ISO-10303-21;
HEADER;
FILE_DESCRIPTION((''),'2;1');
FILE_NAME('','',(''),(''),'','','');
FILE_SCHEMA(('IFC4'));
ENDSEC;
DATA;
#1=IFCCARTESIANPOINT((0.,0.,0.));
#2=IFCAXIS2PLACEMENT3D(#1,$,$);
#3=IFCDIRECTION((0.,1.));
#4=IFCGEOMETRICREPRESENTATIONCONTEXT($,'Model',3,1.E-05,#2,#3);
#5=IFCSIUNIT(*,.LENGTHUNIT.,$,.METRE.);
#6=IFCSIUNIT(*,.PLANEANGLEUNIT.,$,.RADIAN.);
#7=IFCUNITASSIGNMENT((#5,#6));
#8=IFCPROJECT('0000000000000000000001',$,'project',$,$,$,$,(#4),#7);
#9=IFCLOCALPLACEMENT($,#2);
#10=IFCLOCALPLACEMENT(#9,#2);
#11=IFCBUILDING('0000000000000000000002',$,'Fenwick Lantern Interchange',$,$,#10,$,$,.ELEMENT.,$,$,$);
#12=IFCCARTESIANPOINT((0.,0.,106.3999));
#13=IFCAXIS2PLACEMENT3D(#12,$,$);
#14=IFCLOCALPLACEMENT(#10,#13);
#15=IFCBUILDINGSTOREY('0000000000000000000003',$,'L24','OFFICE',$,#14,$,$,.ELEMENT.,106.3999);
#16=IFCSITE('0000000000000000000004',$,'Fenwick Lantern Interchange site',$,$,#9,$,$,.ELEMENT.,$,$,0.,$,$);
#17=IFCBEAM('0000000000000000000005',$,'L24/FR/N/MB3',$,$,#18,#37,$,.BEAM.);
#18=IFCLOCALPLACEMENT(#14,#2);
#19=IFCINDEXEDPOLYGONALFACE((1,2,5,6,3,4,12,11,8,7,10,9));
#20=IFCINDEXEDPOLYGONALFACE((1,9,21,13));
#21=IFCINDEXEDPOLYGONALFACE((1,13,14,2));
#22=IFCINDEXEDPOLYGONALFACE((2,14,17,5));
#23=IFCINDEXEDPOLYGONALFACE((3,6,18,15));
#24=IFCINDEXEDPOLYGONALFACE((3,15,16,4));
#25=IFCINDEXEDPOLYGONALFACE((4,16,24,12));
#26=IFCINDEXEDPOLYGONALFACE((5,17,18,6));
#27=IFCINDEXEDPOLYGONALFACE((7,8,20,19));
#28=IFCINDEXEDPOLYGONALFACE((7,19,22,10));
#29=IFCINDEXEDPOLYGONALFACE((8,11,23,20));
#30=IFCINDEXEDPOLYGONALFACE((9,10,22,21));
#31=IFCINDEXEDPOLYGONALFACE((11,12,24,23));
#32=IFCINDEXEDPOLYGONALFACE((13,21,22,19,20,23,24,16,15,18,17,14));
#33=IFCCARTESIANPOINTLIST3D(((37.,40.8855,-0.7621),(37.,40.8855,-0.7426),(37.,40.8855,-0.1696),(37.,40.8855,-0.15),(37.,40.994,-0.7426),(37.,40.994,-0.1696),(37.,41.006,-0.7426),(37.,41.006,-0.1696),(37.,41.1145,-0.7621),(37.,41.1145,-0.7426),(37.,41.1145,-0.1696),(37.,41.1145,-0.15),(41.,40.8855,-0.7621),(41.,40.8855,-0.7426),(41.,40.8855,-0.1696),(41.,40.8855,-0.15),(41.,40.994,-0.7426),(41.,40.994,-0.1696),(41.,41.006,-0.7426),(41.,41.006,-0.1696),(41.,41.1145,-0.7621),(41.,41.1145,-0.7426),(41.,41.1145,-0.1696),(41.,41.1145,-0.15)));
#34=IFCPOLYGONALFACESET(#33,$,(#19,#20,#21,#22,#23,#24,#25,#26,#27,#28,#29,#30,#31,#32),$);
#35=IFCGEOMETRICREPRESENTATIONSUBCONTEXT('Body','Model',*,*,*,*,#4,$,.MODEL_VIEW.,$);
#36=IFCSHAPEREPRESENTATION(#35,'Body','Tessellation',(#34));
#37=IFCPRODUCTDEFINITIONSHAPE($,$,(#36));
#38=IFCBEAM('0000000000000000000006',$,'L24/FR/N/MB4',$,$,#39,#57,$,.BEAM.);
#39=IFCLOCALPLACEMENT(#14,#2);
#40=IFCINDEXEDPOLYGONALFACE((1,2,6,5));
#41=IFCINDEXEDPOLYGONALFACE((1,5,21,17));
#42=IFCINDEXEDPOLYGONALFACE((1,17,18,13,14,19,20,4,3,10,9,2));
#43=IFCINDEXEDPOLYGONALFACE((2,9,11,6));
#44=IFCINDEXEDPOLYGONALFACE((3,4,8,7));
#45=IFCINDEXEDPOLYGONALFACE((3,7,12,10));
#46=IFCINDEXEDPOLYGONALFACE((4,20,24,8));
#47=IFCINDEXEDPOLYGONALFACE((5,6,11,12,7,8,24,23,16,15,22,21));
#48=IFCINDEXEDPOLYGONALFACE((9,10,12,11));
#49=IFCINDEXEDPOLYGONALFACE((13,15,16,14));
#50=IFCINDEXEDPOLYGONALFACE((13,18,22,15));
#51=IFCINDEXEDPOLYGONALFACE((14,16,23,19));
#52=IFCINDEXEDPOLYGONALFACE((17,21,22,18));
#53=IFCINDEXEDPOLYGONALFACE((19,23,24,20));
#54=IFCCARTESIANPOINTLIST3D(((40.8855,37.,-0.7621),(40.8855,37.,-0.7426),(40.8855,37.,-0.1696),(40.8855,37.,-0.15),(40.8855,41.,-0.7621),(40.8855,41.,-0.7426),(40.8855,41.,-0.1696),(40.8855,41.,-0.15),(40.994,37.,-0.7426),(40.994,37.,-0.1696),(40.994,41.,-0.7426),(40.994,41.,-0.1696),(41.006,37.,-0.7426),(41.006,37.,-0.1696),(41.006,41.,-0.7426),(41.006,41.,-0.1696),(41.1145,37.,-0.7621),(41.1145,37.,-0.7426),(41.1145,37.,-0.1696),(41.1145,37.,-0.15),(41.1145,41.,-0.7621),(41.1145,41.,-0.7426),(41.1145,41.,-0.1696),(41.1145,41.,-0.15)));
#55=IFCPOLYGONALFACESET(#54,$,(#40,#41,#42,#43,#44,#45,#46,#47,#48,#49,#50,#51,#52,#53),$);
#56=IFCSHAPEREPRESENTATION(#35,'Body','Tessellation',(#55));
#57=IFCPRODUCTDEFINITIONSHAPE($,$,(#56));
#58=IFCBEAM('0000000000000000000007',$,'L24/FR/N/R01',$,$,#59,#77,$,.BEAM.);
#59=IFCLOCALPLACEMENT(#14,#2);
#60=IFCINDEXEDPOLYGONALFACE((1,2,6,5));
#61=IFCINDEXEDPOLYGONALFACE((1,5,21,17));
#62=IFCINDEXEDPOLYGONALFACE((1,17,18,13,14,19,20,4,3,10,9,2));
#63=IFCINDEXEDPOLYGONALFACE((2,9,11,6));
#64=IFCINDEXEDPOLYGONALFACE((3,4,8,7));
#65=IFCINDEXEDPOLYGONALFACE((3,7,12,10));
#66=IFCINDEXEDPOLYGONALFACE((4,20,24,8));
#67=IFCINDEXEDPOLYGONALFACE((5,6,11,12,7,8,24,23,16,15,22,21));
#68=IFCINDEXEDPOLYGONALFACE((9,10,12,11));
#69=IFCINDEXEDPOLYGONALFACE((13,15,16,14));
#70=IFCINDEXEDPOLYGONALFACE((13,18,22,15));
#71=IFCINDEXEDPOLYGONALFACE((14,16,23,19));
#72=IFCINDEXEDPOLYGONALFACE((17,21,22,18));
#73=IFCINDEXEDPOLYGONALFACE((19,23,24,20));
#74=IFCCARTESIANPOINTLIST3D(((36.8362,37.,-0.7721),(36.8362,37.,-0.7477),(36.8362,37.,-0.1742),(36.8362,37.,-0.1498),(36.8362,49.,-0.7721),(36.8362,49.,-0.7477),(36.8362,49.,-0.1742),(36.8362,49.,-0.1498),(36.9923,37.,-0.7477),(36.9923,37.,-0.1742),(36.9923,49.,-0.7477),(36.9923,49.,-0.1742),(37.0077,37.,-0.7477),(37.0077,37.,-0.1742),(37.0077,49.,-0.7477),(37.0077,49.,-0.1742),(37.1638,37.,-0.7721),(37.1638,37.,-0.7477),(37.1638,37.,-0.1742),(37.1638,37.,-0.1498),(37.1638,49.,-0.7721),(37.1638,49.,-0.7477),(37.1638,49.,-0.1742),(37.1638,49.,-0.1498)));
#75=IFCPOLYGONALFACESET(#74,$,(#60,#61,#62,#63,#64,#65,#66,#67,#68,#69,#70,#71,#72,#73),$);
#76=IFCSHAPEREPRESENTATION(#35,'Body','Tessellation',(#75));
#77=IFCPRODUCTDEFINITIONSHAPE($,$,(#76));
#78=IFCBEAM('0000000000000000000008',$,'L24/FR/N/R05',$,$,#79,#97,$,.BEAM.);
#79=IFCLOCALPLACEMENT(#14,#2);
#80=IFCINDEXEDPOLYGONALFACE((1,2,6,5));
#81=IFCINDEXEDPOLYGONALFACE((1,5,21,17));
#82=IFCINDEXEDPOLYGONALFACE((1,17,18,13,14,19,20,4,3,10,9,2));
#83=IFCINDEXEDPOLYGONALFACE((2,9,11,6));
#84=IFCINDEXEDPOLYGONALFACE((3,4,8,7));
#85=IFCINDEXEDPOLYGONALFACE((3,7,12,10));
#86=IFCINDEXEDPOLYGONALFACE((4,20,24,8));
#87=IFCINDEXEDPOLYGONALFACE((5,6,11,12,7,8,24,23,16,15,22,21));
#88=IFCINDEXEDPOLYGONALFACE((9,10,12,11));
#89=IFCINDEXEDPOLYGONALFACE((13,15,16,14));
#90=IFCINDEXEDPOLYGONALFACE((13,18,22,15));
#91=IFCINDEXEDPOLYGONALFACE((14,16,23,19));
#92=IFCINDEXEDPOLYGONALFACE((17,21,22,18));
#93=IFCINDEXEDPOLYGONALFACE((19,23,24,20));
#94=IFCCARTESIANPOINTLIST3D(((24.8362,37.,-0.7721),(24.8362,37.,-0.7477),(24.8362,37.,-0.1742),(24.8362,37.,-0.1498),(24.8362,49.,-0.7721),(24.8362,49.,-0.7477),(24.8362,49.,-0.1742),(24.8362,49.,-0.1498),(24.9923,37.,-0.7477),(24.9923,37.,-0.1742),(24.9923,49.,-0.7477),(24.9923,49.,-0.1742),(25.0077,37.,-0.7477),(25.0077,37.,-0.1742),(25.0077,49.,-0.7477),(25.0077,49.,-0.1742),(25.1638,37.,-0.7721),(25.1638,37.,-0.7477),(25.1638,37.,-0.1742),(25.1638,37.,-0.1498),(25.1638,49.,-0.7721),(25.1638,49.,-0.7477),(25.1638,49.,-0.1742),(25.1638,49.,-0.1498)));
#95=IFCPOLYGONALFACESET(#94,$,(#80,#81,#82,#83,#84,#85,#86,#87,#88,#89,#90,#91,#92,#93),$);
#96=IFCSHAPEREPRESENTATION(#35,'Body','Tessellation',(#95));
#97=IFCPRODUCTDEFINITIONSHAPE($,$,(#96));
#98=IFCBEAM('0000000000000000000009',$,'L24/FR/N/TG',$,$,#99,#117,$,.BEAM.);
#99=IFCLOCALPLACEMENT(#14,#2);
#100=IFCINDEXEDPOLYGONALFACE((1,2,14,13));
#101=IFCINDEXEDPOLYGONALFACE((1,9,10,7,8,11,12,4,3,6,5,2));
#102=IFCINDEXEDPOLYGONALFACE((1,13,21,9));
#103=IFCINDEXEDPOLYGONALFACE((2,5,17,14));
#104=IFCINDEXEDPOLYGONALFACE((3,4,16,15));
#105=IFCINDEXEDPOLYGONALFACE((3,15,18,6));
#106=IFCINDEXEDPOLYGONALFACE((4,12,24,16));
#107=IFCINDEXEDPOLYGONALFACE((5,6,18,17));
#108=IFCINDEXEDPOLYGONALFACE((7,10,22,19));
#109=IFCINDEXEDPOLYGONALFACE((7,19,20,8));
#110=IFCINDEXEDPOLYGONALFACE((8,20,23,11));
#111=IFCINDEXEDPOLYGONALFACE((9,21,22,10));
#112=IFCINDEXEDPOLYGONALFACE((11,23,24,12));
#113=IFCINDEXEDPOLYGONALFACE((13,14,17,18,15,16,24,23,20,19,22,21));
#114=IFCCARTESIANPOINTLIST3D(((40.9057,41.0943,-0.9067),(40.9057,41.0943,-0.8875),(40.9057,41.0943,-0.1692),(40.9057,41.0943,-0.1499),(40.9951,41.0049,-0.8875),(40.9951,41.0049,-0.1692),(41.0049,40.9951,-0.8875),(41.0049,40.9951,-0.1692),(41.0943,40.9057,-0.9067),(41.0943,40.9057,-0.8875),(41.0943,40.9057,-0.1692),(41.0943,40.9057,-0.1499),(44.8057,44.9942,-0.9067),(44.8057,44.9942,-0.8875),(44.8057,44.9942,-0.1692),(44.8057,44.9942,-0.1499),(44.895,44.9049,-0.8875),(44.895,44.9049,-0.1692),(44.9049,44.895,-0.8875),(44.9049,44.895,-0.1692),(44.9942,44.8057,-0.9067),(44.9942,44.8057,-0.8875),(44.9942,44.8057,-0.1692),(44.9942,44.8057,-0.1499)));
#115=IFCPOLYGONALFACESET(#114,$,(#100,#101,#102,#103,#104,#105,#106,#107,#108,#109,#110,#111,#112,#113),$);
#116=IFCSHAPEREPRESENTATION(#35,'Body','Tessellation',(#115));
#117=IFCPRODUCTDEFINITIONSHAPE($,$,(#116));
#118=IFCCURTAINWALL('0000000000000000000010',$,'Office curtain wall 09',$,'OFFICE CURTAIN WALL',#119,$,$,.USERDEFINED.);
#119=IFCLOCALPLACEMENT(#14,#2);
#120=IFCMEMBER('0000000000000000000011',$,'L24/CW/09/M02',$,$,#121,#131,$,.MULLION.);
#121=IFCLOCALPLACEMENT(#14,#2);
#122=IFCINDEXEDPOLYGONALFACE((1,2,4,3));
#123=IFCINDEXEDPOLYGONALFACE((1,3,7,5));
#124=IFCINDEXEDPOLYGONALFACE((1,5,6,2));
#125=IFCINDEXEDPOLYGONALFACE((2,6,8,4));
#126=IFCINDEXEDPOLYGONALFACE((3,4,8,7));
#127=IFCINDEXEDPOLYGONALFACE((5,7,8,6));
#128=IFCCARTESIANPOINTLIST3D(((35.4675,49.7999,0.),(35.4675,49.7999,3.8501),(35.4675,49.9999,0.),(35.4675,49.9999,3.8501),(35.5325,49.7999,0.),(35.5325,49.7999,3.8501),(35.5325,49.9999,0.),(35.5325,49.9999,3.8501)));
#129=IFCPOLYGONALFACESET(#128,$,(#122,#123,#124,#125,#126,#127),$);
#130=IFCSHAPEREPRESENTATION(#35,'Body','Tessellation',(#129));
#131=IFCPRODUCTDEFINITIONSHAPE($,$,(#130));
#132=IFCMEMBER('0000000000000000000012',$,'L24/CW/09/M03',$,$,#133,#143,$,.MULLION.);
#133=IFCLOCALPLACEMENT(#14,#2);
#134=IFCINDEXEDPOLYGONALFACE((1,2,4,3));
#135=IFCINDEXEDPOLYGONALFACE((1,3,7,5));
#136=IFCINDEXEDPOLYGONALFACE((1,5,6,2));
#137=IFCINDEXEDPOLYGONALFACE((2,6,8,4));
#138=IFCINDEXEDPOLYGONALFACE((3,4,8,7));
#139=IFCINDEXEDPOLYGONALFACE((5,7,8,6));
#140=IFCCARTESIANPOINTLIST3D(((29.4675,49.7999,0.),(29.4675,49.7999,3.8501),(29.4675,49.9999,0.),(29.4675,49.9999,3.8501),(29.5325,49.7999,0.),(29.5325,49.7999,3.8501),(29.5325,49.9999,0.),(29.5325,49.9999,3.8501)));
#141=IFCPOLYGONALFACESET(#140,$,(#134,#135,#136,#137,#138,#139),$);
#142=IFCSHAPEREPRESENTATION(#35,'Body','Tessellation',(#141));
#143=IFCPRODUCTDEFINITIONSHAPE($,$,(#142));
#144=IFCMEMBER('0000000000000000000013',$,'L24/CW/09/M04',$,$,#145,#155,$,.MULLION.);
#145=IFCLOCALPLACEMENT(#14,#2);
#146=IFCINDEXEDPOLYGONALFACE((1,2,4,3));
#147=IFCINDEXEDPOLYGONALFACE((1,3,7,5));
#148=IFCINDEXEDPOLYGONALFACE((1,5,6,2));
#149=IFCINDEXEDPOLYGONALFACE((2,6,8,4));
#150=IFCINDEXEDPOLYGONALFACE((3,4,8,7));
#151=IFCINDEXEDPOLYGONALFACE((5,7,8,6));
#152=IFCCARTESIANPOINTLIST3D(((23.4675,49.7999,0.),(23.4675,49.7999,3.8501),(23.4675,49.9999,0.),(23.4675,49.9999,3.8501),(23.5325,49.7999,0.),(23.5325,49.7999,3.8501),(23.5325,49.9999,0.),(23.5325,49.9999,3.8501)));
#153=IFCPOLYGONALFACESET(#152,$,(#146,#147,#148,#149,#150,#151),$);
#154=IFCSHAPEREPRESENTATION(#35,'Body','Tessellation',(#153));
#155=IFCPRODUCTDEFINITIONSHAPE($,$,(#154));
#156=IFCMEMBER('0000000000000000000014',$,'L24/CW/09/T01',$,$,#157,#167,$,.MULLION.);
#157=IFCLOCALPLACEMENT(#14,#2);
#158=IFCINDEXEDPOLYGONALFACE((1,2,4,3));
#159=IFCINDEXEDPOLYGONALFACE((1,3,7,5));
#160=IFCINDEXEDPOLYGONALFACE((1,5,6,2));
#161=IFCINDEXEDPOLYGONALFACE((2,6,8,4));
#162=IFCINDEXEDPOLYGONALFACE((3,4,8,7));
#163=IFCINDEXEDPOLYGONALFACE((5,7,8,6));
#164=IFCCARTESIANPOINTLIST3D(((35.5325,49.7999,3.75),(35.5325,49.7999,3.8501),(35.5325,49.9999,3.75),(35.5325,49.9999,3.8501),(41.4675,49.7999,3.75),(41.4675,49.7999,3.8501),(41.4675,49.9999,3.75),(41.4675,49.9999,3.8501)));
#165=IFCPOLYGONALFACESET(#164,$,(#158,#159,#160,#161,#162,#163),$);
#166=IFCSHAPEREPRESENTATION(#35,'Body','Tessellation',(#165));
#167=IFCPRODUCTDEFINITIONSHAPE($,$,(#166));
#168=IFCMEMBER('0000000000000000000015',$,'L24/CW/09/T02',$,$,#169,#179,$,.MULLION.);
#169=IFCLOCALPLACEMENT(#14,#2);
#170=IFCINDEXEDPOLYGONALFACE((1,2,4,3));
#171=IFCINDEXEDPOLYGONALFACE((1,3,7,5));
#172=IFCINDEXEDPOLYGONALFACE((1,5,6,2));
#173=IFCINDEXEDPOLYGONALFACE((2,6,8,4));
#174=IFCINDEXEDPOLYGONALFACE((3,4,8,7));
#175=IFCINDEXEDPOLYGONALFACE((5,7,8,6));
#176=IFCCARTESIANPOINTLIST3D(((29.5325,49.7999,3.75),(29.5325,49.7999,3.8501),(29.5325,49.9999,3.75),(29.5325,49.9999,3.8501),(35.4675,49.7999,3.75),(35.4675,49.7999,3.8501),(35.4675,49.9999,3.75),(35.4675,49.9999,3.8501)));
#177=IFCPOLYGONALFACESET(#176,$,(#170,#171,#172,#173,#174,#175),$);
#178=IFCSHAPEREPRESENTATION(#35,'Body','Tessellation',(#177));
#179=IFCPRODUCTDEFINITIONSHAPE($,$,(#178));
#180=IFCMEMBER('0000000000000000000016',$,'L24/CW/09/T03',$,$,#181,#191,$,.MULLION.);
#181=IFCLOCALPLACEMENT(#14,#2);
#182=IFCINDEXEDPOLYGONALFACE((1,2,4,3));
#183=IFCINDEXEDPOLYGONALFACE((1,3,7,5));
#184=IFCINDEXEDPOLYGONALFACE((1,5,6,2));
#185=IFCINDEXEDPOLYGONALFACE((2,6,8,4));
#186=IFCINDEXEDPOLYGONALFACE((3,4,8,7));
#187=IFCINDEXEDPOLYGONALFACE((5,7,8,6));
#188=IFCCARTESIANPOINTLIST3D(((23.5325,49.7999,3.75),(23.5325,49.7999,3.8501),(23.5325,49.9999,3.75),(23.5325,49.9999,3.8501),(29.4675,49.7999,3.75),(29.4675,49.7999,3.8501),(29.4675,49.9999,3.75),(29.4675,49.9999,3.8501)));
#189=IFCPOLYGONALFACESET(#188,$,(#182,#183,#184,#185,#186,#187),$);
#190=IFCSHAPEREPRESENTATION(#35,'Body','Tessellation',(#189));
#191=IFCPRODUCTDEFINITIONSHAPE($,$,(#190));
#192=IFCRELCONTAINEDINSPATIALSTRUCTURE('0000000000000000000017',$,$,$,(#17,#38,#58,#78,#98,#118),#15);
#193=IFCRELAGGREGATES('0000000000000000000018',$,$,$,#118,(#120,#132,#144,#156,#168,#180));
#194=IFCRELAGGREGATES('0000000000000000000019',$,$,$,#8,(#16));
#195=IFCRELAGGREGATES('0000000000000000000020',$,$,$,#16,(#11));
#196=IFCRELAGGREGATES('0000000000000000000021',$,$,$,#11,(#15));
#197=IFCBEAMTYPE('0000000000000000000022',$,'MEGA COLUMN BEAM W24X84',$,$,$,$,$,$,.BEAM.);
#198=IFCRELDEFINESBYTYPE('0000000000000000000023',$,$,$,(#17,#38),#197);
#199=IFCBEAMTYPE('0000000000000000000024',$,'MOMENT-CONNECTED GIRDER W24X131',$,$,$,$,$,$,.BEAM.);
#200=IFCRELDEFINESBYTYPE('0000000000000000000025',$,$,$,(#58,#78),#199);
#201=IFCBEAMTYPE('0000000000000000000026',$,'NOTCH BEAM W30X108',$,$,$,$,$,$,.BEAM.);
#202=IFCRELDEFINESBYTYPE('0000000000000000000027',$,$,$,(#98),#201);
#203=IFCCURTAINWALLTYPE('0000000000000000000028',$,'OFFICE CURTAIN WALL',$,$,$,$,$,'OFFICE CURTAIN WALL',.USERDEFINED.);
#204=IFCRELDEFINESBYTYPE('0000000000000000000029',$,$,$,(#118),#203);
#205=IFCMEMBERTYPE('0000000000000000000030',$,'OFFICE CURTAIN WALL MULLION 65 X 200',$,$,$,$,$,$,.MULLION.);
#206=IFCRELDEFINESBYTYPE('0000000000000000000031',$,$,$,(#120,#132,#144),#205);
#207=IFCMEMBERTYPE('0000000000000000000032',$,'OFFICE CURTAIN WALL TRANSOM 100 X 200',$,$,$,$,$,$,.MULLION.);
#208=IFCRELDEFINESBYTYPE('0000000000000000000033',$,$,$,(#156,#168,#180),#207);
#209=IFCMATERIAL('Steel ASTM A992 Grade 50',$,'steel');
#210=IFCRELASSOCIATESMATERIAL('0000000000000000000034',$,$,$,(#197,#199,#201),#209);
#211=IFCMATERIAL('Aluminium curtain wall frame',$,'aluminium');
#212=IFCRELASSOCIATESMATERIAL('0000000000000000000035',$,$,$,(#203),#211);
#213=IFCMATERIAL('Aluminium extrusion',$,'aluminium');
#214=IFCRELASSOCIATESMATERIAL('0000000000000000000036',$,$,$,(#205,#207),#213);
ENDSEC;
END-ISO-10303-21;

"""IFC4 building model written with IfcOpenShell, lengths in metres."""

from ifc_helpers import new_model, si_unit, direction, frame, origin, origin_2d, place, context, subcontext, project, spatial, rectangle, i_section, extrude, material, material_profile, profile_set, type_object, element, aggregate, save


model = new_model("IFC4")

# Units and contexts
model_context = context("Model", 3, precision=1e-05, world=origin(), true_north=direction((0.0, 1.0)))
body_context = subcontext(model_context, "Body", "Model", "MODEL_VIEW")
ifc_project = project(units=[si_unit("LENGTHUNIT", "METRE"), si_unit("PLANEANGLEUNIT", "RADIAN")], contexts=[model_context])

# Site, building, storey
site_placement = place(None, origin())
site = spatial("IfcSite", under=ifc_project, at=site_placement, Name="Fenwick Lantern Interchange site", CompositionType="ELEMENT", RefElevation=0.0)
building_placement = place(site_placement, origin())
building = spatial("IfcBuilding", under=site, at=building_placement, Name="Fenwick Lantern Interchange", CompositionType="ELEMENT")
storey_placement = place(building_placement, frame((0.0, 0.0, 106.3999)))
storey = spatial("IfcBuildingStorey", under=building, at=storey_placement, Name="L24", Description="OFFICE", CompositionType="ELEMENT", Elevation=106.3999)

# Beams
ifc_material_1 = material(Name="Steel ASTM A992 Grade 50", Category="steel")
ifc_material_profile_1 = material_profile(ifc_material_1, i_section(OverallWidth=0.229, OverallDepth=0.6121, WebThickness=0.012, FlangeThickness=0.0195, at=origin_2d()), Name="W24X84")
ifc_profile_set_1 = profile_set([ifc_material_profile_1], Name="Steel ASTM A992 Grade 50")
beam_type_1 = type_object("IfcBeamType", Name="MEGA COLUMN BEAM W24X84", PredefinedType="BEAM", material=ifc_profile_set_1)
for number, where, z_axis, x_axis, name in (
    (1, (41.0, 41.0, -0.4561), (-1.0, 0.0, 0.0), (0.0, -1.0, 0.0), "L24/FR/N/MB3"),
    (2, (41.0, 41.0, -0.4561), (0.0, -1.0, 0.0), (1.0, 0.0, 0.0), "L24/FR/N/MB4"),
):
    element("IfcBeam", number, at=place(storey_placement, frame(where, z_axis=z_axis, x_axis=x_axis)), inside=storey, type_object=beam_type_1, Name=name, PredefinedType="BEAM", context=body_context, shape_type="SweptSolid", body=[
        extrude(i_section(OverallWidth=0.229, OverallDepth=0.6121, WebThickness=0.012, FlangeThickness=0.0195, at=origin_2d()), origin(), (0.0, 0.0, 1.0), 4.0),
    ])
ifc_material_profile_2 = material_profile(ifc_material_1, i_section(OverallWidth=0.3276, OverallDepth=0.6223, WebThickness=0.0154, FlangeThickness=0.0244, at=origin_2d()), Name="W24X131")
ifc_profile_set_2 = profile_set([ifc_material_profile_2], Name="Steel ASTM A992 Grade 50")
beam_type_2 = type_object("IfcBeamType", Name="MOMENT-CONNECTED GIRDER W24X131", PredefinedType="BEAM", material=ifc_profile_set_2)
for number, where, z_axis, x_axis, name in (
    (3, (37.0, 49.0, -0.4609), (0.0, -1.0, 0.0), (1.0, 0.0, 0.0), "L24/FR/N/R01"),
    (4, (25.0, 49.0, -0.4609), (0.0, -1.0, 0.0), (1.0, 0.0, 0.0), "L24/FR/N/R05"),
):
    element("IfcBeam", number, at=place(storey_placement, frame(where, z_axis=z_axis, x_axis=x_axis)), inside=storey, type_object=beam_type_2, Name=name, PredefinedType="BEAM", context=body_context, shape_type="SweptSolid", body=[
        extrude(i_section(OverallWidth=0.3276, OverallDepth=0.6223, WebThickness=0.0154, FlangeThickness=0.0244, at=origin_2d()), origin(), (0.0, 0.0, 1.0), 12.0),
    ])
ifc_material_profile_3 = material_profile(ifc_material_1, i_section(OverallWidth=0.2666, OverallDepth=0.7568, WebThickness=0.0139, FlangeThickness=0.0193, at=origin_2d()), Name="W30X108")
ifc_profile_set_3 = profile_set([ifc_material_profile_3], Name="Steel ASTM A992 Grade 50")
beam_type_3 = type_object("IfcBeamType", Name="NOTCH BEAM W30X108", PredefinedType="BEAM", material=ifc_profile_set_3)
beam_1_placement = place(storey_placement, frame((41.0, 41.0, -0.5283), z_axis=(0.707107, 0.707107, 0.0), x_axis=(-0.707107, 0.707107, 0.0)))
element("IfcBeam", 5, at=beam_1_placement, inside=storey, type_object=beam_type_3, Name="L24/FR/N/TG", PredefinedType="BEAM", context=body_context, shape_type="SweptSolid", body=[
    extrude(i_section(OverallWidth=0.2666, OverallDepth=0.7568, WebThickness=0.0139, FlangeThickness=0.0193, at=origin_2d()), origin(), (0.0, 0.0, 1.0), 5.5154),
])

# Curtain wall, members
ifc_material_2 = material(Name="Aluminium curtain wall frame", Category="aluminium")
curtain_wall_type = type_object("IfcCurtainWallType", Name="OFFICE CURTAIN WALL", ElementType="OFFICE CURTAIN WALL", PredefinedType="USERDEFINED", material=ifc_material_2)
curtain_wall_placement = place(storey_placement, origin())
curtain_wall = element("IfcCurtainWall", 6, at=curtain_wall_placement, inside=storey, type_object=curtain_wall_type, Name="Office curtain wall 09", ObjectType="OFFICE CURTAIN WALL", PredefinedType="USERDEFINED")
ifc_material_3 = material(Name="Aluminium extrusion", Category="aluminium")
ifc_material_profile_4 = material_profile(ifc_material_3, rectangle(XDim=0.2, YDim=0.0649, at=origin_2d()), Name="OFFICE CURTAIN WALL MULLION 65 X 200")
ifc_profile_set_4 = profile_set([ifc_material_profile_4], Name="Aluminium extrusion")
member_type_1 = type_object("IfcMemberType", Name="OFFICE CURTAIN WALL MULLION 65 X 200", PredefinedType="MULLION", material=ifc_profile_set_4)
member_1_placement = place(storey_placement, frame((35.5, 49.8999, 0.0), z_axis=(0.0, 0.0, 1.0), x_axis=(0.0, -1.0, 0.0)))
member_1 = element("IfcMember", 7, at=member_1_placement, type_object=member_type_1, Name="L24/CW/09/M02", PredefinedType="MULLION", context=body_context, shape_type="SweptSolid", body=[
    extrude(rectangle(XDim=0.2, YDim=0.0649, at=origin_2d()), origin(), (0.0, 0.0, 1.0), 3.8501),
])
member_2_placement = place(storey_placement, frame((29.5, 49.8999, 0.0), z_axis=(0.0, 0.0, 1.0), x_axis=(0.0, -1.0, 0.0)))
member_2 = element("IfcMember", 8, at=member_2_placement, type_object=member_type_1, Name="L24/CW/09/M03", PredefinedType="MULLION", context=body_context, shape_type="SweptSolid", body=[
    extrude(rectangle(XDim=0.2, YDim=0.0649, at=origin_2d()), origin(), (0.0, 0.0, 1.0), 3.8501),
])
member_3_placement = place(storey_placement, frame((23.5, 49.8999, 0.0), z_axis=(0.0, 0.0, 1.0), x_axis=(0.0, -1.0, 0.0)))
member_3 = element("IfcMember", 9, at=member_3_placement, type_object=member_type_1, Name="L24/CW/09/M04", PredefinedType="MULLION", context=body_context, shape_type="SweptSolid", body=[
    extrude(rectangle(XDim=0.2, YDim=0.0649, at=origin_2d()), origin(), (0.0, 0.0, 1.0), 3.8501),
])
ifc_material_profile_5 = material_profile(ifc_material_3, rectangle(XDim=0.2, YDim=0.1001, at=origin_2d()), Name="OFFICE CURTAIN WALL TRANSOM 100 X 200")
ifc_profile_set_5 = profile_set([ifc_material_profile_5], Name="Aluminium extrusion")
member_type_2 = type_object("IfcMemberType", Name="OFFICE CURTAIN WALL TRANSOM 100 X 200", PredefinedType="MULLION", material=ifc_profile_set_5)
member_4_placement = place(storey_placement, frame((41.4675, 49.8999, 3.8), z_axis=(-1.0, 0.0, 0.0), x_axis=(0.0, -1.0, 0.0)))
member_4 = element("IfcMember", 10, at=member_4_placement, type_object=member_type_2, Name="L24/CW/09/T01", PredefinedType="MULLION", context=body_context, shape_type="SweptSolid", body=[
    extrude(rectangle(XDim=0.2, YDim=0.1001, at=origin_2d()), origin(), (0.0, 0.0, 1.0), 5.9351),
])
member_5_placement = place(storey_placement, frame((35.4675, 49.8999, 3.8), z_axis=(-1.0, 0.0, 0.0), x_axis=(0.0, -1.0, 0.0)))
member_5 = element("IfcMember", 11, at=member_5_placement, type_object=member_type_2, Name="L24/CW/09/T02", PredefinedType="MULLION", context=body_context, shape_type="SweptSolid", body=[
    extrude(rectangle(XDim=0.2, YDim=0.1001, at=origin_2d()), origin(), (0.0, 0.0, 1.0), 5.9351),
])
member_6_placement = place(storey_placement, frame((29.4675, 49.8999, 3.8), z_axis=(-1.0, 0.0, 0.0), x_axis=(0.0, -1.0, 0.0)))
member_6 = element("IfcMember", 12, at=member_6_placement, type_object=member_type_2, Name="L24/CW/09/T03", PredefinedType="MULLION", context=body_context, shape_type="SweptSolid", body=[
    extrude(rectangle(XDim=0.2, YDim=0.1001, at=origin_2d()), origin(), (0.0, 0.0, 1.0), 5.9351),
])
aggregate(curtain_wall, [member_1, member_2, member_3, member_4, member_5, member_6])

save(model, "model.ifc")
